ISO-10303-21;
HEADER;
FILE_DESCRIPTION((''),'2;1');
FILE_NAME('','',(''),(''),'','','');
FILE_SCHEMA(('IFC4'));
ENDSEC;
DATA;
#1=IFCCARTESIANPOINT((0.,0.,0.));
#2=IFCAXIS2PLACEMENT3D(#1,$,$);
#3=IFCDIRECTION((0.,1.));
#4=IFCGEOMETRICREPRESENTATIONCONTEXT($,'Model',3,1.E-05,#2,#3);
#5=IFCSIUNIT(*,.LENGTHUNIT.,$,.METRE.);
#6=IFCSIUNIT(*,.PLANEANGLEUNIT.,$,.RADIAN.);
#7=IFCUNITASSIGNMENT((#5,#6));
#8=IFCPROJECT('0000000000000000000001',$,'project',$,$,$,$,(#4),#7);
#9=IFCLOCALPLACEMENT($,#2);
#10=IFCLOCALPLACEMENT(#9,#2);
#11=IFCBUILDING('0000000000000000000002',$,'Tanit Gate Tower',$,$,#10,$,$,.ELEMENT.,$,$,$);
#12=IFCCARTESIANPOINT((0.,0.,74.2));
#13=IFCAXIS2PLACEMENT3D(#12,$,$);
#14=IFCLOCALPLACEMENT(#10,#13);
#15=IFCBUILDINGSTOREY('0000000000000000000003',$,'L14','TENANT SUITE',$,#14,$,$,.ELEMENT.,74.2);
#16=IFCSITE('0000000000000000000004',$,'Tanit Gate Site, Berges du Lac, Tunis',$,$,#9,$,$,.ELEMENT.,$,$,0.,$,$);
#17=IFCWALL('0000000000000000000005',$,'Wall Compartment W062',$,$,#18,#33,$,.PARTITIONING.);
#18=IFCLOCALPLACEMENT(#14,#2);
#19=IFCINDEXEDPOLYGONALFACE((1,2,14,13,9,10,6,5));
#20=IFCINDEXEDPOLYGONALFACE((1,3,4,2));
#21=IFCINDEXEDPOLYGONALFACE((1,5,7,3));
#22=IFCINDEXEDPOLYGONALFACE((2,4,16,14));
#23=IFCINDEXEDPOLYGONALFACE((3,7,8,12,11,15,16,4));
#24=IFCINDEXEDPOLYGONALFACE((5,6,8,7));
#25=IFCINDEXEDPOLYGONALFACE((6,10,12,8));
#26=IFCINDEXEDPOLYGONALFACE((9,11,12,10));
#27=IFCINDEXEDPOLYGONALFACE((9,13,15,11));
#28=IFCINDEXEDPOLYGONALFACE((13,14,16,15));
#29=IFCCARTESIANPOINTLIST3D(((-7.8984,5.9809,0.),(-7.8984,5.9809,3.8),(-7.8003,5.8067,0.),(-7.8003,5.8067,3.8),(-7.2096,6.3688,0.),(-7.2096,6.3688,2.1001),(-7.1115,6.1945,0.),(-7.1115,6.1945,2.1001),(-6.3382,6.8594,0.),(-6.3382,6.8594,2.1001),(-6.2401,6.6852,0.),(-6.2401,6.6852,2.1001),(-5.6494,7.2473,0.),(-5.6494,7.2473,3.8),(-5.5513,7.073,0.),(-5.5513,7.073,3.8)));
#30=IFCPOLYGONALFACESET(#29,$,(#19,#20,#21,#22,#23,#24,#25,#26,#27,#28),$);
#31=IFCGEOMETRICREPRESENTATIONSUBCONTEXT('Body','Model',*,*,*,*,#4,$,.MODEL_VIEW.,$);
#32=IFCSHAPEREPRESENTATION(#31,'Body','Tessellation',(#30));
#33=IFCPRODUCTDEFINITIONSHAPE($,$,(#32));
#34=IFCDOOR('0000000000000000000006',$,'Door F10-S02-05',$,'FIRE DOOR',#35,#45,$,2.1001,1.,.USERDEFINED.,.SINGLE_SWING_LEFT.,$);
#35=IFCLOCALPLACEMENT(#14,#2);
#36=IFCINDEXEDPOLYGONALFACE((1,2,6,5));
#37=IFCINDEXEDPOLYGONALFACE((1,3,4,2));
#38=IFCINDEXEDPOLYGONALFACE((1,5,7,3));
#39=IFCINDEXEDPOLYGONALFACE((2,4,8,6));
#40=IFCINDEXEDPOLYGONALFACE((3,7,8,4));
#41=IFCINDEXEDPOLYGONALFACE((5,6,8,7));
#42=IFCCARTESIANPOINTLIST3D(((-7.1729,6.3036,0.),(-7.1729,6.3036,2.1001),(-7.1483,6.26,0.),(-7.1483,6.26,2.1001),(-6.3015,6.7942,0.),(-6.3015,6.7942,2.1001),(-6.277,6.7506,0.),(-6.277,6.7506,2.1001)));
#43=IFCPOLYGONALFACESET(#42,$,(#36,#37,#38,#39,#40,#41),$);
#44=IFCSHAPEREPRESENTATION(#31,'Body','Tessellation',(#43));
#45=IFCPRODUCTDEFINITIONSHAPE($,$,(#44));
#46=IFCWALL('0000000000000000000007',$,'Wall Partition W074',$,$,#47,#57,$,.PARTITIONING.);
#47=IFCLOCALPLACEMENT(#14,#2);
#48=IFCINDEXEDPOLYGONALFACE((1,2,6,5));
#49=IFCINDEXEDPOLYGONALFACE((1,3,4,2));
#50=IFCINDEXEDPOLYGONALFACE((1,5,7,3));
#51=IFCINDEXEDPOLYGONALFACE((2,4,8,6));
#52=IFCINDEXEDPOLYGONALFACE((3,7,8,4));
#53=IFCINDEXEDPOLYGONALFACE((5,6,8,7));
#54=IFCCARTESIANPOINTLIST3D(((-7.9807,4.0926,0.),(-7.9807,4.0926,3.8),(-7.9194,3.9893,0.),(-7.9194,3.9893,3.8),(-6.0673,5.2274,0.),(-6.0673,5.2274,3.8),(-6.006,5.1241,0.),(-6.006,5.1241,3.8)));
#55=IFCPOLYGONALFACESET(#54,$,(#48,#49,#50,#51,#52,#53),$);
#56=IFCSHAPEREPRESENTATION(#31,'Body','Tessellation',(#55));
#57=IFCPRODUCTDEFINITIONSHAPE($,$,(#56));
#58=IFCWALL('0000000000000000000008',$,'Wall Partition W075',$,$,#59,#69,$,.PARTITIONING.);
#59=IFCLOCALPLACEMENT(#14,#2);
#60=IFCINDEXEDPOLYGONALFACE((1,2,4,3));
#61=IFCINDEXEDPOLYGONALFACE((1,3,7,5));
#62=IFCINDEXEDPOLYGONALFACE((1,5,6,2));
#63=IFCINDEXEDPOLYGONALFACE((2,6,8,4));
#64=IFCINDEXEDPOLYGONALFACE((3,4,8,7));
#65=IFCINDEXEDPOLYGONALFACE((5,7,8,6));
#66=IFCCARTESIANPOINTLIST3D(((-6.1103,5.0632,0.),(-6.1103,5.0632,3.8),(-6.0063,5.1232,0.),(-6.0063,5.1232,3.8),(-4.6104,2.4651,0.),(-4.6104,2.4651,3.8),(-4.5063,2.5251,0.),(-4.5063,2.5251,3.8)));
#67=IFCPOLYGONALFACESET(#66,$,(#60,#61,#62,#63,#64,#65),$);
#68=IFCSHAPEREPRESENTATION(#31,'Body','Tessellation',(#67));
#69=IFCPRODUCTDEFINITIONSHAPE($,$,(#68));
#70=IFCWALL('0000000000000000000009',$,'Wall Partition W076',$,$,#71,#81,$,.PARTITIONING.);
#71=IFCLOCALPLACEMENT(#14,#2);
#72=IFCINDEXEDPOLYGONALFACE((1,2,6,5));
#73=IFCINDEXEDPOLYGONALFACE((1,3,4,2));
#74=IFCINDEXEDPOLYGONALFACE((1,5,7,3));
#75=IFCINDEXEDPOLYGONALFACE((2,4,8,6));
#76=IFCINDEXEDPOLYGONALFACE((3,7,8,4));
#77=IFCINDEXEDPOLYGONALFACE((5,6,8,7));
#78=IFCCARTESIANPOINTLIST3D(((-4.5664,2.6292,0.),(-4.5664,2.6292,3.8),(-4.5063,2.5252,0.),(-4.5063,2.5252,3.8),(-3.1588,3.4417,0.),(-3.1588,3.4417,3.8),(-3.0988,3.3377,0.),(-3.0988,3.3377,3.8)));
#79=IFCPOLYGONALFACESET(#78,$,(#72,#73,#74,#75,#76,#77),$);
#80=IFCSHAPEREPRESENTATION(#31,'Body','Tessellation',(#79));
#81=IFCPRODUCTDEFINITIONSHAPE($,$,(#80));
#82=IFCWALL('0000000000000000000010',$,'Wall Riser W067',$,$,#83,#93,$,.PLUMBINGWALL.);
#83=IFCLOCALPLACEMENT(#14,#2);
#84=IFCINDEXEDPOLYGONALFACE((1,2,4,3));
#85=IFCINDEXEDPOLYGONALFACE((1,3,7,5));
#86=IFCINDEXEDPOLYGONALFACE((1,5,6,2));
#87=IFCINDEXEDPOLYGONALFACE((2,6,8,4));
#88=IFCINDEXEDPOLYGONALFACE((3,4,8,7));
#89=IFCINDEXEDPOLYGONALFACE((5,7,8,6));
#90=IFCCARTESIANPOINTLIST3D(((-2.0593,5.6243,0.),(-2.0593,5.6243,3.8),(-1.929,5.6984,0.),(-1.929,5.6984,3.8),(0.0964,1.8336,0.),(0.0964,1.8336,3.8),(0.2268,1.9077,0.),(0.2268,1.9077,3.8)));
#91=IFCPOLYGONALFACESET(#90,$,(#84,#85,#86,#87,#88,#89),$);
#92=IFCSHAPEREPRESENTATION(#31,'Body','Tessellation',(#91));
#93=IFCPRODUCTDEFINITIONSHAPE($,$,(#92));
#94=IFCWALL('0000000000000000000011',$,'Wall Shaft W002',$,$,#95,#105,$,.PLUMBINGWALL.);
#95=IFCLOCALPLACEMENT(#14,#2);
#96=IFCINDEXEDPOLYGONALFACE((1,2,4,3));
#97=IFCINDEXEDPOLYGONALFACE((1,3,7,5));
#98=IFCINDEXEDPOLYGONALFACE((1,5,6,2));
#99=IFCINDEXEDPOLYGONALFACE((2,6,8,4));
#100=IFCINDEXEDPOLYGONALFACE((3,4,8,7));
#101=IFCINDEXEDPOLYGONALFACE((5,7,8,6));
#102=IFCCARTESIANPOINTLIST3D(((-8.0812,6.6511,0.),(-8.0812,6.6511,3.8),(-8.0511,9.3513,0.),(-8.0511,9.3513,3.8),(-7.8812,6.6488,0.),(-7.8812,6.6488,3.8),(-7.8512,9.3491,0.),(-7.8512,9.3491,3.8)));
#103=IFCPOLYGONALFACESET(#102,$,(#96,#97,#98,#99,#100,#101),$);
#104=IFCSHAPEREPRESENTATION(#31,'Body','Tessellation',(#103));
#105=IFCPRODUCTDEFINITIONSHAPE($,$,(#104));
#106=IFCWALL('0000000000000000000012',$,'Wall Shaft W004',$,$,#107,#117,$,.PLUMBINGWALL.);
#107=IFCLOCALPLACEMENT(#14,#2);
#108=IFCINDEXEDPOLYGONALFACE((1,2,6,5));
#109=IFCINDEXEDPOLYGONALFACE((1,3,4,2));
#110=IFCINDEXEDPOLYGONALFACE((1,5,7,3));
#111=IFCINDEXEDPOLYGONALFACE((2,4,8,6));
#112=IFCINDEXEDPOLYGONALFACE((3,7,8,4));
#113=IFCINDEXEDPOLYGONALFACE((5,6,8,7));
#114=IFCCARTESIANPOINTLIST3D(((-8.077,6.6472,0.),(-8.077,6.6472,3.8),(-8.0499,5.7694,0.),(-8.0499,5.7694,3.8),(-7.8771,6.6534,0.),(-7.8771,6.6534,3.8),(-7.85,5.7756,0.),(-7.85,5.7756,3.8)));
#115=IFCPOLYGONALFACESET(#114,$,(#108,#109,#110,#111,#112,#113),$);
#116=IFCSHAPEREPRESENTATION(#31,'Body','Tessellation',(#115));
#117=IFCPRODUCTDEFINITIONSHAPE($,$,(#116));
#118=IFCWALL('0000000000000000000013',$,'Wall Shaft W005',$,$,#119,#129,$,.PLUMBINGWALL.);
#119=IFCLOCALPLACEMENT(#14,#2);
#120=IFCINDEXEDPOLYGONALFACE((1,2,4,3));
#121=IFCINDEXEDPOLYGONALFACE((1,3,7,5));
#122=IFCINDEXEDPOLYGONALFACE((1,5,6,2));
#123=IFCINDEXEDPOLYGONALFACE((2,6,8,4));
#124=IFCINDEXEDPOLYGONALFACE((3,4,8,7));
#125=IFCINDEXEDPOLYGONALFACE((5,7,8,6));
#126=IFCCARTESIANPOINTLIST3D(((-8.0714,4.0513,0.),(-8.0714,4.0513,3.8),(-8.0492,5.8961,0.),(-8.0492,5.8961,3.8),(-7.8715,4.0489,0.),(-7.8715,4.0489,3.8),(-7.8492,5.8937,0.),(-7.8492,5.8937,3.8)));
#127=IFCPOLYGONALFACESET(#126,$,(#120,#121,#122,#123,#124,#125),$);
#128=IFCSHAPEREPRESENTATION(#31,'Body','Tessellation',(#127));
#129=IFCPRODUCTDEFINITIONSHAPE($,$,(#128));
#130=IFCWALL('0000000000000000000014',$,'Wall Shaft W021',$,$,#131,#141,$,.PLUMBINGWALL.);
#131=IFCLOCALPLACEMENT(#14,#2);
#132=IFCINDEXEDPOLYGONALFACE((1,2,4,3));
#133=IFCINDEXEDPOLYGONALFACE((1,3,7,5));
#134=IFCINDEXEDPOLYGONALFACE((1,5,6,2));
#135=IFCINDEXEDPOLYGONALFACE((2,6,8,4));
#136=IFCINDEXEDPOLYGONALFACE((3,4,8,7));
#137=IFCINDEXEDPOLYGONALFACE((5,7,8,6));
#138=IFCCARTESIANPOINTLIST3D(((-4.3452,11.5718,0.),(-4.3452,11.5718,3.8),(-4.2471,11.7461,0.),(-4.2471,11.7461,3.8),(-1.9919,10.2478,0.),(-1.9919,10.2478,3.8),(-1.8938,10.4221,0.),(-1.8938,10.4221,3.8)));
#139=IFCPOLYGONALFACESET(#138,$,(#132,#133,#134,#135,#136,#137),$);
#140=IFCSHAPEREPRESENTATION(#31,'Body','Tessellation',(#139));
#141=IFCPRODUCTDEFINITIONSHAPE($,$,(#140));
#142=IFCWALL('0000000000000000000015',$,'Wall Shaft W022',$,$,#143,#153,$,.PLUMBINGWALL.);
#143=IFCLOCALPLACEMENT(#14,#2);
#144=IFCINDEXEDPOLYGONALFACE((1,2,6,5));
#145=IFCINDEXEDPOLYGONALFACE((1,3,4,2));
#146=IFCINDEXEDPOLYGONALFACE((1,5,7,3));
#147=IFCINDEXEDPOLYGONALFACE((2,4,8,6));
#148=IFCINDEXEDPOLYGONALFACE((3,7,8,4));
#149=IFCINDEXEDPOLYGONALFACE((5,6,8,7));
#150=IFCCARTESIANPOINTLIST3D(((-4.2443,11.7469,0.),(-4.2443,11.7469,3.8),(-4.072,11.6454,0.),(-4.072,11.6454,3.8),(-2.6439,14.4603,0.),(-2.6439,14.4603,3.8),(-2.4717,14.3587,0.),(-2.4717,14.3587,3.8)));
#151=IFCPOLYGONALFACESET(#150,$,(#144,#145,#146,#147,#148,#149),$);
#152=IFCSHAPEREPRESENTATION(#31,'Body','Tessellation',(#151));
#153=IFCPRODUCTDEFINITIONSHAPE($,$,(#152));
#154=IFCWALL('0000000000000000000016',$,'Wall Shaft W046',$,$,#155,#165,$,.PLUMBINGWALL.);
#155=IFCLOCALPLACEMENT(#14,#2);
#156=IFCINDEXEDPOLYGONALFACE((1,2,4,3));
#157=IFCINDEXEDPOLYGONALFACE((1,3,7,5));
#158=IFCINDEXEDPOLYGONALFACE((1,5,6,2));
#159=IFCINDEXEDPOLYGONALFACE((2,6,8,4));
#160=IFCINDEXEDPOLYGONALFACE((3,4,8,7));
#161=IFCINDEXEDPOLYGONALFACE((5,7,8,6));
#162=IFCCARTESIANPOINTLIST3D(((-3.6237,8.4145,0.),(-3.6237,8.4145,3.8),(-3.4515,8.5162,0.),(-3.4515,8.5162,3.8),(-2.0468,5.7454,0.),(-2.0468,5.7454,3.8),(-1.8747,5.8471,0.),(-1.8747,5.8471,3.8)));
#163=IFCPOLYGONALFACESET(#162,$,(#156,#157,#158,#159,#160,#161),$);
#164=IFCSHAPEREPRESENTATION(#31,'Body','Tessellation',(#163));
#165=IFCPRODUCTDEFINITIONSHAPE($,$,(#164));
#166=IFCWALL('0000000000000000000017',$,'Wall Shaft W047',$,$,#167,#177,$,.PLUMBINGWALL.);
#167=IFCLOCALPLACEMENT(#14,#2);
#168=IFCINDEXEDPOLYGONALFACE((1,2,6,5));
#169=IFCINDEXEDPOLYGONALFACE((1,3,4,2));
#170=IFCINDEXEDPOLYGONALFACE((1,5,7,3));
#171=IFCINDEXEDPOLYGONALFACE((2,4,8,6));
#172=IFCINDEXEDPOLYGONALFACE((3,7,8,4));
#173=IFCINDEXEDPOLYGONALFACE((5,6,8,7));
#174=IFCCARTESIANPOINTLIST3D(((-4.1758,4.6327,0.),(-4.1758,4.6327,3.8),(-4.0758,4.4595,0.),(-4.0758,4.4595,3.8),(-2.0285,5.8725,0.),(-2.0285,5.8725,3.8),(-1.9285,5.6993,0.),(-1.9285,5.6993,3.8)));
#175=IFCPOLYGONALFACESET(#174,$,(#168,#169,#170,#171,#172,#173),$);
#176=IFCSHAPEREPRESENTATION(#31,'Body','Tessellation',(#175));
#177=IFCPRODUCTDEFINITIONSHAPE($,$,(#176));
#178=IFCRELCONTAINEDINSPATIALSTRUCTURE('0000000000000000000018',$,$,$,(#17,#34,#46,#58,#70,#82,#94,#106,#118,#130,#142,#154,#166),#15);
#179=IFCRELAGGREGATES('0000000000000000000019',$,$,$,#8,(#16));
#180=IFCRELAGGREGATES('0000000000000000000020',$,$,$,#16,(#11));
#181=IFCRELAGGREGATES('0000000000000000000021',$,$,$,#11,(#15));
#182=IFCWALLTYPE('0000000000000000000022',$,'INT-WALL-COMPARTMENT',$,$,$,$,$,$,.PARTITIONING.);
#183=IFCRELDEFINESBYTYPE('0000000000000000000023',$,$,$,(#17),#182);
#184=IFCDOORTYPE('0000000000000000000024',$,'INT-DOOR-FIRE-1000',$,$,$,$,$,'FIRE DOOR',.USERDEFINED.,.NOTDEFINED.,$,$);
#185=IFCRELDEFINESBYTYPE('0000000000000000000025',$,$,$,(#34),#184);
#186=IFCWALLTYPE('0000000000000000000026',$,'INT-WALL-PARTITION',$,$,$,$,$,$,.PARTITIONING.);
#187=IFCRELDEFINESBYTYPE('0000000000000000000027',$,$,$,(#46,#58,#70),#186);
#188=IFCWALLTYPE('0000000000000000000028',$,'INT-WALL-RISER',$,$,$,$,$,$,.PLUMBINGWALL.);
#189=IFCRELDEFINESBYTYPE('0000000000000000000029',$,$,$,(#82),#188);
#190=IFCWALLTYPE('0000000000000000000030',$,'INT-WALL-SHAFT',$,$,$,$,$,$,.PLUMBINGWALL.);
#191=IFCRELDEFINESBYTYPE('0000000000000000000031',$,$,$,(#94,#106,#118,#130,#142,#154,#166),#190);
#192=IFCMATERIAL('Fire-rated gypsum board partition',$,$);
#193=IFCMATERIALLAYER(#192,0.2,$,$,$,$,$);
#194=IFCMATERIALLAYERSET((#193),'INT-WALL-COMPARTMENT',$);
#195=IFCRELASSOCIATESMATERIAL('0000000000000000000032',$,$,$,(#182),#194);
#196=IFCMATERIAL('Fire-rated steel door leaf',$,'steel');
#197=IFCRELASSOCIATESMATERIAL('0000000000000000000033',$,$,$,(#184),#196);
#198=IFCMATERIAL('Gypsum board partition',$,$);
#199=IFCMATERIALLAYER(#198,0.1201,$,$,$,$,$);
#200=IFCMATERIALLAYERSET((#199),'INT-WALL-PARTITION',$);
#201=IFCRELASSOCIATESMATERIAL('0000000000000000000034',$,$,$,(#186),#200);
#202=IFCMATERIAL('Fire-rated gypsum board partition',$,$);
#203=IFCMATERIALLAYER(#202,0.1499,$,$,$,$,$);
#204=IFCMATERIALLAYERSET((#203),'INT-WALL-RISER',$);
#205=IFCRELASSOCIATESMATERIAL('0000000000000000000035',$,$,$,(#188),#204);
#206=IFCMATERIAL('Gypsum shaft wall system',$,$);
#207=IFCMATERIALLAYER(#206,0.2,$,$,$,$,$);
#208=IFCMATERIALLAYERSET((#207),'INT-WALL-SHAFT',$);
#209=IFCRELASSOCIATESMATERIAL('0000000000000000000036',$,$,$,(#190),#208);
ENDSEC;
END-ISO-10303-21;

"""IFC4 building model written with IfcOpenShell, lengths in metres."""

from ifc_helpers import new_model, si_unit, direction, frame, frame_2d, origin, place, context, subcontext, project, spatial, rectangle, extrude, material, layer, layer_set, type_object, element, fill, save


model = new_model("IFC4")

# Units and contexts
model_context = context("Model", 3, precision=1e-05, world=origin(), true_north=direction((0.0, 1.0)))
body_context = subcontext(model_context, "Body", "Model", "MODEL_VIEW")
ifc_project = project(units=[si_unit("LENGTHUNIT", "METRE"), si_unit("PLANEANGLEUNIT", "RADIAN")], contexts=[model_context])

# Site, building, storey
site_placement = place(None, origin())
site = spatial("IfcSite", under=ifc_project, at=site_placement, Name="Tanit Gate Site, Berges du Lac, Tunis", CompositionType="ELEMENT", RefElevation=0.0)
building_placement = place(site_placement, origin())
building = spatial("IfcBuilding", under=site, at=building_placement, Name="Tanit Gate Tower", CompositionType="ELEMENT")
storey_placement = place(building_placement, frame((0.0, 0.0, 74.2)))
storey = spatial("IfcBuildingStorey", under=building, at=storey_placement, Name="L14", Description="TENANT SUITE", CompositionType="ELEMENT", Elevation=74.2)

# Wall, opening, door
ifc_material_1 = material(Name="Fire-rated gypsum board partition")
ifc_layer_1 = layer(ifc_material_1, 0.2)
ifc_layer_set_1 = layer_set([ifc_layer_1], Name="INT-WALL-COMPARTMENT")
wall_type_1 = type_object("IfcWallType", Name="INT-WALL-COMPARTMENT", PredefinedType="PARTITIONING", material=ifc_layer_set_1)
wall_1_placement = place(storey_placement, frame((-5.6003, 7.1602, 0.0), z_axis=(0.0, 0.0, 1.0), x_axis=(-0.871363, -0.490638, 0.0)))
wall_1 = element("IfcWall", 1, at=wall_1_placement, inside=storey, type_object=wall_type_1, Name="Wall Compartment W062", PredefinedType="PARTITIONING", context=body_context, shape_type="SweptSolid", body=[
    extrude(rectangle(XDim=2.5811, YDim=0.2, at=frame_2d((1.2905, 0.0))), origin(), (0.0, 0.0, 1.0), 3.8),
])
opening_1_placement = place(wall_1_placement, frame((0.7905, 0.0, 0.0)))
opening_1 = element("IfcOpeningElement", 2, at=opening_1_placement, cuts=wall_1, PredefinedType="OPENING", context=body_context, shape_type="SweptSolid", body=[
    extrude(rectangle(XDim=1.0, YDim=2.1001, at=frame_2d((0.5, 1.05))), frame((0.0, 0.1099, 0.0), z_axis=(0.0, -1.0, 0.0), x_axis=(1.0, 0.0, 0.0)), (0.0, 0.0, 1.0), 0.22),
])
ifc_material_2 = material(Name="Fire-rated steel door leaf", Category="steel")
door_type_1 = type_object("IfcDoorType", Name="INT-DOOR-FIRE-1000", ElementType="FIRE DOOR", OperationType="NOTDEFINED", PredefinedType="USERDEFINED", material=ifc_material_2)
door_1_placement = place(opening_1_placement, origin())
door_1 = element("IfcDoor", 3, at=door_1_placement, inside=storey, type_object=door_type_1, Name="Door F10-S02-05", ObjectType="FIRE DOOR", OperationType="SINGLE_SWING_LEFT", OverallHeight=2.1001, OverallWidth=1.0, PredefinedType="USERDEFINED", context=body_context, shape_type="SweptSolid", body=[
    extrude(rectangle(XDim=1.0, YDim=2.1001, at=frame_2d((0.5, 1.05))), frame((0.0, 0.0249, 0.0), z_axis=(0.0, -1.0, 0.0), x_axis=(1.0, 0.0, 0.0)), (0.0, 0.0, 1.0), 0.05),
])
fill(opening_1, door_1)

# Walls
ifc_material_3 = material(Name="Gypsum board partition")
ifc_layer_2 = layer(ifc_material_3, 0.1201)
ifc_layer_set_2 = layer_set([ifc_layer_2], Name="INT-WALL-PARTITION")
wall_type_2 = type_object("IfcWallType", Name="INT-WALL-PARTITION", PredefinedType="PARTITIONING", material=ifc_layer_set_2)
wall_2_placement = place(storey_placement, frame((-6.0366, 5.1758, 0.0), z_axis=(0.0, 0.0, 1.0), x_axis=(-0.860106, -0.510115, 0.0)))
element("IfcWall", 4, at=wall_2_placement, inside=storey, type_object=wall_type_2, Name="Wall Partition W074", PredefinedType="PARTITIONING", context=body_context, shape_type="SweptSolid", body=[
    extrude(rectangle(XDim=2.2246, YDim=0.1201, at=frame_2d((1.1123, 0.0))), origin(), (0.0, 0.0, 1.0), 3.8),
])
wall_3_placement = place(storey_placement, frame((-4.5583, 2.4951, 0.0), z_axis=(0.0, 0.0, 1.0), x_axis=(-0.49999, 0.866031, 0.0)))
element("IfcWall", 5, at=wall_3_placement, inside=storey, type_object=wall_type_2, Name="Wall Partition W075", PredefinedType="PARTITIONING", context=body_context, shape_type="SweptSolid", body=[
    extrude(rectangle(XDim=3.0, YDim=0.1201, at=frame_2d((1.5, 0.0))), origin(), (0.0, 0.0, 1.0), 3.8),
])
wall_4_placement = place(storey_placement, frame((-3.1289, 3.3896, 0.0), z_axis=(0.0, 0.0, 1.0), x_axis=(-0.866053, -0.499952, 0.0)))
element("IfcWall", 6, at=wall_4_placement, inside=storey, type_object=wall_type_2, Name="Wall Partition W076", PredefinedType="PARTITIONING", context=body_context, shape_type="SweptSolid", body=[
    extrude(rectangle(XDim=1.6252, YDim=0.1201, at=frame_2d((0.8125, 0.0))), origin(), (0.0, 0.0, 1.0), 3.8),
])
ifc_material_4 = material(Name="Fire-rated gypsum board partition")
ifc_layer_3 = layer(ifc_material_4, 0.1499)
ifc_layer_set_3 = layer_set([ifc_layer_3], Name="INT-WALL-RISER")
wall_type_3 = type_object("IfcWallType", Name="INT-WALL-RISER", PredefinedType="PLUMBINGWALL", material=ifc_layer_set_3)
wall_5_placement = place(storey_placement, frame((-1.9941, 5.6614, 0.0), z_axis=(0.0, 0.0, 1.0), x_axis=(0.494341, -0.869268, 0.0)))
element("IfcWall", 7, at=wall_5_placement, inside=storey, type_object=wall_type_3, Name="Wall Riser W067", PredefinedType="PLUMBINGWALL", context=body_context, shape_type="SweptSolid", body=[
    extrude(rectangle(XDim=4.3608, YDim=0.1499, at=frame_2d((2.1804, 0.0))), origin(), (0.0, 0.0, 1.0), 3.8),
])
ifc_material_5 = material(Name="Gypsum shaft wall system")
ifc_layer_4 = layer(ifc_material_5, 0.2)
ifc_layer_set_4 = layer_set([ifc_layer_4], Name="INT-WALL-SHAFT")
wall_type_4 = type_object("IfcWallType", Name="INT-WALL-SHAFT", PredefinedType="PLUMBINGWALL", material=ifc_layer_set_4)
wall_6_placement = place(storey_placement, frame((-7.9512, 9.3501, 0.0), z_axis=(0.0, 0.0, 1.0), x_axis=(-0.01112, -0.999938, 0.0)))
element("IfcWall", 8, at=wall_6_placement, inside=storey, type_object=wall_type_4, Name="Wall Shaft W002", PredefinedType="PLUMBINGWALL", context=body_context, shape_type="SweptSolid", body=[
    extrude(rectangle(XDim=2.7004, YDim=0.2, at=frame_2d((1.3501, 0.0))), origin(), (0.0, 0.0, 1.0), 3.8),
])
wall_7_placement = place(storey_placement, frame((-7.9771, 6.6501, 0.0), z_axis=(0.0, 0.0, 1.0), x_axis=(0.030862, -0.999524, 0.0)))
element("IfcWall", 9, at=wall_7_placement, inside=storey, type_object=wall_type_4, Name="Wall Shaft W004", PredefinedType="PLUMBINGWALL", context=body_context, shape_type="SweptSolid", body=[
    extrude(rectangle(XDim=0.8782, YDim=0.2, at=frame_2d((0.439, 0.0))), origin(), (0.0, 0.0, 1.0), 3.8),
])
wall_8_placement = place(storey_placement, frame((-7.9492, 5.8948, 0.0), z_axis=(0.0, 0.0, 1.0), x_axis=(-0.012043, -0.999927, 0.0)))
element("IfcWall", 10, at=wall_8_placement, inside=storey, type_object=wall_type_4, Name="Wall Shaft W005", PredefinedType="PLUMBINGWALL", context=body_context, shape_type="SweptSolid", body=[
    extrude(rectangle(XDim=1.845, YDim=0.2, at=frame_2d((0.9224, 0.0))), origin(), (0.0, 0.0, 1.0), 3.8),
])
wall_9_placement = place(storey_placement, frame((-4.2961, 11.6589, 0.0), z_axis=(0.0, 0.0, 1.0), x_axis=(0.871534, -0.490334, 0.0)))
element("IfcWall", 11, at=wall_9_placement, inside=storey, type_object=wall_type_4, Name="Wall Shaft W021", PredefinedType="PLUMBINGWALL", context=body_context, shape_type="SweptSolid", body=[
    extrude(rectangle(XDim=2.7002, YDim=0.2, at=frame_2d((1.3501, 0.0))), origin(), (0.0, 0.0, 1.0), 3.8),
])
wall_10_placement = place(storey_placement, frame((-4.1582, 11.696, 0.0), z_axis=(0.0, 0.0, 1.0), x_axis=(0.508019, 0.861346, 0.0)))
element("IfcWall", 12, at=wall_10_placement, inside=storey, type_object=wall_type_4, Name="Wall Shaft W022", PredefinedType="PLUMBINGWALL", context=body_context, shape_type="SweptSolid", body=[
    extrude(rectangle(XDim=3.1501, YDim=0.2, at=frame_2d((1.5752, 0.0))), origin(), (0.0, 0.0, 1.0), 3.8),
])

# Walls
wall_11_placement = place(storey_placement, frame((-3.5376, 8.4653, 0.0), z_axis=(0.0, 0.0, 1.0), x_axis=(0.508647, -0.860975, 0.0)))
element("IfcWall", 13, at=wall_11_placement, inside=storey, type_object=wall_type_4, Name="Wall Shaft W046", PredefinedType="PLUMBINGWALL", context=body_context, shape_type="SweptSolid", body=[
    extrude(rectangle(XDim=3.1001, YDim=0.2, at=frame_2d((1.55, 0.0))), origin(), (0.0, 0.0, 1.0), 3.8),
])
wall_12_placement = place(storey_placement, frame((-1.9785, 5.7859, 0.0), z_axis=(0.0, 0.0, 1.0), x_axis=(-0.866017, -0.500015, 0.0)))
element("IfcWall", 14, at=wall_12_placement, inside=storey, type_object=wall_type_4, Name="Wall Shaft W047", PredefinedType="PLUMBINGWALL", context=body_context, shape_type="SweptSolid", body=[
    extrude(rectangle(XDim=2.4795, YDim=0.2, at=frame_2d((1.2397, 0.0))), origin(), (0.0, 0.0, 1.0), 3.8),
])

save(model, "model.ifc")
